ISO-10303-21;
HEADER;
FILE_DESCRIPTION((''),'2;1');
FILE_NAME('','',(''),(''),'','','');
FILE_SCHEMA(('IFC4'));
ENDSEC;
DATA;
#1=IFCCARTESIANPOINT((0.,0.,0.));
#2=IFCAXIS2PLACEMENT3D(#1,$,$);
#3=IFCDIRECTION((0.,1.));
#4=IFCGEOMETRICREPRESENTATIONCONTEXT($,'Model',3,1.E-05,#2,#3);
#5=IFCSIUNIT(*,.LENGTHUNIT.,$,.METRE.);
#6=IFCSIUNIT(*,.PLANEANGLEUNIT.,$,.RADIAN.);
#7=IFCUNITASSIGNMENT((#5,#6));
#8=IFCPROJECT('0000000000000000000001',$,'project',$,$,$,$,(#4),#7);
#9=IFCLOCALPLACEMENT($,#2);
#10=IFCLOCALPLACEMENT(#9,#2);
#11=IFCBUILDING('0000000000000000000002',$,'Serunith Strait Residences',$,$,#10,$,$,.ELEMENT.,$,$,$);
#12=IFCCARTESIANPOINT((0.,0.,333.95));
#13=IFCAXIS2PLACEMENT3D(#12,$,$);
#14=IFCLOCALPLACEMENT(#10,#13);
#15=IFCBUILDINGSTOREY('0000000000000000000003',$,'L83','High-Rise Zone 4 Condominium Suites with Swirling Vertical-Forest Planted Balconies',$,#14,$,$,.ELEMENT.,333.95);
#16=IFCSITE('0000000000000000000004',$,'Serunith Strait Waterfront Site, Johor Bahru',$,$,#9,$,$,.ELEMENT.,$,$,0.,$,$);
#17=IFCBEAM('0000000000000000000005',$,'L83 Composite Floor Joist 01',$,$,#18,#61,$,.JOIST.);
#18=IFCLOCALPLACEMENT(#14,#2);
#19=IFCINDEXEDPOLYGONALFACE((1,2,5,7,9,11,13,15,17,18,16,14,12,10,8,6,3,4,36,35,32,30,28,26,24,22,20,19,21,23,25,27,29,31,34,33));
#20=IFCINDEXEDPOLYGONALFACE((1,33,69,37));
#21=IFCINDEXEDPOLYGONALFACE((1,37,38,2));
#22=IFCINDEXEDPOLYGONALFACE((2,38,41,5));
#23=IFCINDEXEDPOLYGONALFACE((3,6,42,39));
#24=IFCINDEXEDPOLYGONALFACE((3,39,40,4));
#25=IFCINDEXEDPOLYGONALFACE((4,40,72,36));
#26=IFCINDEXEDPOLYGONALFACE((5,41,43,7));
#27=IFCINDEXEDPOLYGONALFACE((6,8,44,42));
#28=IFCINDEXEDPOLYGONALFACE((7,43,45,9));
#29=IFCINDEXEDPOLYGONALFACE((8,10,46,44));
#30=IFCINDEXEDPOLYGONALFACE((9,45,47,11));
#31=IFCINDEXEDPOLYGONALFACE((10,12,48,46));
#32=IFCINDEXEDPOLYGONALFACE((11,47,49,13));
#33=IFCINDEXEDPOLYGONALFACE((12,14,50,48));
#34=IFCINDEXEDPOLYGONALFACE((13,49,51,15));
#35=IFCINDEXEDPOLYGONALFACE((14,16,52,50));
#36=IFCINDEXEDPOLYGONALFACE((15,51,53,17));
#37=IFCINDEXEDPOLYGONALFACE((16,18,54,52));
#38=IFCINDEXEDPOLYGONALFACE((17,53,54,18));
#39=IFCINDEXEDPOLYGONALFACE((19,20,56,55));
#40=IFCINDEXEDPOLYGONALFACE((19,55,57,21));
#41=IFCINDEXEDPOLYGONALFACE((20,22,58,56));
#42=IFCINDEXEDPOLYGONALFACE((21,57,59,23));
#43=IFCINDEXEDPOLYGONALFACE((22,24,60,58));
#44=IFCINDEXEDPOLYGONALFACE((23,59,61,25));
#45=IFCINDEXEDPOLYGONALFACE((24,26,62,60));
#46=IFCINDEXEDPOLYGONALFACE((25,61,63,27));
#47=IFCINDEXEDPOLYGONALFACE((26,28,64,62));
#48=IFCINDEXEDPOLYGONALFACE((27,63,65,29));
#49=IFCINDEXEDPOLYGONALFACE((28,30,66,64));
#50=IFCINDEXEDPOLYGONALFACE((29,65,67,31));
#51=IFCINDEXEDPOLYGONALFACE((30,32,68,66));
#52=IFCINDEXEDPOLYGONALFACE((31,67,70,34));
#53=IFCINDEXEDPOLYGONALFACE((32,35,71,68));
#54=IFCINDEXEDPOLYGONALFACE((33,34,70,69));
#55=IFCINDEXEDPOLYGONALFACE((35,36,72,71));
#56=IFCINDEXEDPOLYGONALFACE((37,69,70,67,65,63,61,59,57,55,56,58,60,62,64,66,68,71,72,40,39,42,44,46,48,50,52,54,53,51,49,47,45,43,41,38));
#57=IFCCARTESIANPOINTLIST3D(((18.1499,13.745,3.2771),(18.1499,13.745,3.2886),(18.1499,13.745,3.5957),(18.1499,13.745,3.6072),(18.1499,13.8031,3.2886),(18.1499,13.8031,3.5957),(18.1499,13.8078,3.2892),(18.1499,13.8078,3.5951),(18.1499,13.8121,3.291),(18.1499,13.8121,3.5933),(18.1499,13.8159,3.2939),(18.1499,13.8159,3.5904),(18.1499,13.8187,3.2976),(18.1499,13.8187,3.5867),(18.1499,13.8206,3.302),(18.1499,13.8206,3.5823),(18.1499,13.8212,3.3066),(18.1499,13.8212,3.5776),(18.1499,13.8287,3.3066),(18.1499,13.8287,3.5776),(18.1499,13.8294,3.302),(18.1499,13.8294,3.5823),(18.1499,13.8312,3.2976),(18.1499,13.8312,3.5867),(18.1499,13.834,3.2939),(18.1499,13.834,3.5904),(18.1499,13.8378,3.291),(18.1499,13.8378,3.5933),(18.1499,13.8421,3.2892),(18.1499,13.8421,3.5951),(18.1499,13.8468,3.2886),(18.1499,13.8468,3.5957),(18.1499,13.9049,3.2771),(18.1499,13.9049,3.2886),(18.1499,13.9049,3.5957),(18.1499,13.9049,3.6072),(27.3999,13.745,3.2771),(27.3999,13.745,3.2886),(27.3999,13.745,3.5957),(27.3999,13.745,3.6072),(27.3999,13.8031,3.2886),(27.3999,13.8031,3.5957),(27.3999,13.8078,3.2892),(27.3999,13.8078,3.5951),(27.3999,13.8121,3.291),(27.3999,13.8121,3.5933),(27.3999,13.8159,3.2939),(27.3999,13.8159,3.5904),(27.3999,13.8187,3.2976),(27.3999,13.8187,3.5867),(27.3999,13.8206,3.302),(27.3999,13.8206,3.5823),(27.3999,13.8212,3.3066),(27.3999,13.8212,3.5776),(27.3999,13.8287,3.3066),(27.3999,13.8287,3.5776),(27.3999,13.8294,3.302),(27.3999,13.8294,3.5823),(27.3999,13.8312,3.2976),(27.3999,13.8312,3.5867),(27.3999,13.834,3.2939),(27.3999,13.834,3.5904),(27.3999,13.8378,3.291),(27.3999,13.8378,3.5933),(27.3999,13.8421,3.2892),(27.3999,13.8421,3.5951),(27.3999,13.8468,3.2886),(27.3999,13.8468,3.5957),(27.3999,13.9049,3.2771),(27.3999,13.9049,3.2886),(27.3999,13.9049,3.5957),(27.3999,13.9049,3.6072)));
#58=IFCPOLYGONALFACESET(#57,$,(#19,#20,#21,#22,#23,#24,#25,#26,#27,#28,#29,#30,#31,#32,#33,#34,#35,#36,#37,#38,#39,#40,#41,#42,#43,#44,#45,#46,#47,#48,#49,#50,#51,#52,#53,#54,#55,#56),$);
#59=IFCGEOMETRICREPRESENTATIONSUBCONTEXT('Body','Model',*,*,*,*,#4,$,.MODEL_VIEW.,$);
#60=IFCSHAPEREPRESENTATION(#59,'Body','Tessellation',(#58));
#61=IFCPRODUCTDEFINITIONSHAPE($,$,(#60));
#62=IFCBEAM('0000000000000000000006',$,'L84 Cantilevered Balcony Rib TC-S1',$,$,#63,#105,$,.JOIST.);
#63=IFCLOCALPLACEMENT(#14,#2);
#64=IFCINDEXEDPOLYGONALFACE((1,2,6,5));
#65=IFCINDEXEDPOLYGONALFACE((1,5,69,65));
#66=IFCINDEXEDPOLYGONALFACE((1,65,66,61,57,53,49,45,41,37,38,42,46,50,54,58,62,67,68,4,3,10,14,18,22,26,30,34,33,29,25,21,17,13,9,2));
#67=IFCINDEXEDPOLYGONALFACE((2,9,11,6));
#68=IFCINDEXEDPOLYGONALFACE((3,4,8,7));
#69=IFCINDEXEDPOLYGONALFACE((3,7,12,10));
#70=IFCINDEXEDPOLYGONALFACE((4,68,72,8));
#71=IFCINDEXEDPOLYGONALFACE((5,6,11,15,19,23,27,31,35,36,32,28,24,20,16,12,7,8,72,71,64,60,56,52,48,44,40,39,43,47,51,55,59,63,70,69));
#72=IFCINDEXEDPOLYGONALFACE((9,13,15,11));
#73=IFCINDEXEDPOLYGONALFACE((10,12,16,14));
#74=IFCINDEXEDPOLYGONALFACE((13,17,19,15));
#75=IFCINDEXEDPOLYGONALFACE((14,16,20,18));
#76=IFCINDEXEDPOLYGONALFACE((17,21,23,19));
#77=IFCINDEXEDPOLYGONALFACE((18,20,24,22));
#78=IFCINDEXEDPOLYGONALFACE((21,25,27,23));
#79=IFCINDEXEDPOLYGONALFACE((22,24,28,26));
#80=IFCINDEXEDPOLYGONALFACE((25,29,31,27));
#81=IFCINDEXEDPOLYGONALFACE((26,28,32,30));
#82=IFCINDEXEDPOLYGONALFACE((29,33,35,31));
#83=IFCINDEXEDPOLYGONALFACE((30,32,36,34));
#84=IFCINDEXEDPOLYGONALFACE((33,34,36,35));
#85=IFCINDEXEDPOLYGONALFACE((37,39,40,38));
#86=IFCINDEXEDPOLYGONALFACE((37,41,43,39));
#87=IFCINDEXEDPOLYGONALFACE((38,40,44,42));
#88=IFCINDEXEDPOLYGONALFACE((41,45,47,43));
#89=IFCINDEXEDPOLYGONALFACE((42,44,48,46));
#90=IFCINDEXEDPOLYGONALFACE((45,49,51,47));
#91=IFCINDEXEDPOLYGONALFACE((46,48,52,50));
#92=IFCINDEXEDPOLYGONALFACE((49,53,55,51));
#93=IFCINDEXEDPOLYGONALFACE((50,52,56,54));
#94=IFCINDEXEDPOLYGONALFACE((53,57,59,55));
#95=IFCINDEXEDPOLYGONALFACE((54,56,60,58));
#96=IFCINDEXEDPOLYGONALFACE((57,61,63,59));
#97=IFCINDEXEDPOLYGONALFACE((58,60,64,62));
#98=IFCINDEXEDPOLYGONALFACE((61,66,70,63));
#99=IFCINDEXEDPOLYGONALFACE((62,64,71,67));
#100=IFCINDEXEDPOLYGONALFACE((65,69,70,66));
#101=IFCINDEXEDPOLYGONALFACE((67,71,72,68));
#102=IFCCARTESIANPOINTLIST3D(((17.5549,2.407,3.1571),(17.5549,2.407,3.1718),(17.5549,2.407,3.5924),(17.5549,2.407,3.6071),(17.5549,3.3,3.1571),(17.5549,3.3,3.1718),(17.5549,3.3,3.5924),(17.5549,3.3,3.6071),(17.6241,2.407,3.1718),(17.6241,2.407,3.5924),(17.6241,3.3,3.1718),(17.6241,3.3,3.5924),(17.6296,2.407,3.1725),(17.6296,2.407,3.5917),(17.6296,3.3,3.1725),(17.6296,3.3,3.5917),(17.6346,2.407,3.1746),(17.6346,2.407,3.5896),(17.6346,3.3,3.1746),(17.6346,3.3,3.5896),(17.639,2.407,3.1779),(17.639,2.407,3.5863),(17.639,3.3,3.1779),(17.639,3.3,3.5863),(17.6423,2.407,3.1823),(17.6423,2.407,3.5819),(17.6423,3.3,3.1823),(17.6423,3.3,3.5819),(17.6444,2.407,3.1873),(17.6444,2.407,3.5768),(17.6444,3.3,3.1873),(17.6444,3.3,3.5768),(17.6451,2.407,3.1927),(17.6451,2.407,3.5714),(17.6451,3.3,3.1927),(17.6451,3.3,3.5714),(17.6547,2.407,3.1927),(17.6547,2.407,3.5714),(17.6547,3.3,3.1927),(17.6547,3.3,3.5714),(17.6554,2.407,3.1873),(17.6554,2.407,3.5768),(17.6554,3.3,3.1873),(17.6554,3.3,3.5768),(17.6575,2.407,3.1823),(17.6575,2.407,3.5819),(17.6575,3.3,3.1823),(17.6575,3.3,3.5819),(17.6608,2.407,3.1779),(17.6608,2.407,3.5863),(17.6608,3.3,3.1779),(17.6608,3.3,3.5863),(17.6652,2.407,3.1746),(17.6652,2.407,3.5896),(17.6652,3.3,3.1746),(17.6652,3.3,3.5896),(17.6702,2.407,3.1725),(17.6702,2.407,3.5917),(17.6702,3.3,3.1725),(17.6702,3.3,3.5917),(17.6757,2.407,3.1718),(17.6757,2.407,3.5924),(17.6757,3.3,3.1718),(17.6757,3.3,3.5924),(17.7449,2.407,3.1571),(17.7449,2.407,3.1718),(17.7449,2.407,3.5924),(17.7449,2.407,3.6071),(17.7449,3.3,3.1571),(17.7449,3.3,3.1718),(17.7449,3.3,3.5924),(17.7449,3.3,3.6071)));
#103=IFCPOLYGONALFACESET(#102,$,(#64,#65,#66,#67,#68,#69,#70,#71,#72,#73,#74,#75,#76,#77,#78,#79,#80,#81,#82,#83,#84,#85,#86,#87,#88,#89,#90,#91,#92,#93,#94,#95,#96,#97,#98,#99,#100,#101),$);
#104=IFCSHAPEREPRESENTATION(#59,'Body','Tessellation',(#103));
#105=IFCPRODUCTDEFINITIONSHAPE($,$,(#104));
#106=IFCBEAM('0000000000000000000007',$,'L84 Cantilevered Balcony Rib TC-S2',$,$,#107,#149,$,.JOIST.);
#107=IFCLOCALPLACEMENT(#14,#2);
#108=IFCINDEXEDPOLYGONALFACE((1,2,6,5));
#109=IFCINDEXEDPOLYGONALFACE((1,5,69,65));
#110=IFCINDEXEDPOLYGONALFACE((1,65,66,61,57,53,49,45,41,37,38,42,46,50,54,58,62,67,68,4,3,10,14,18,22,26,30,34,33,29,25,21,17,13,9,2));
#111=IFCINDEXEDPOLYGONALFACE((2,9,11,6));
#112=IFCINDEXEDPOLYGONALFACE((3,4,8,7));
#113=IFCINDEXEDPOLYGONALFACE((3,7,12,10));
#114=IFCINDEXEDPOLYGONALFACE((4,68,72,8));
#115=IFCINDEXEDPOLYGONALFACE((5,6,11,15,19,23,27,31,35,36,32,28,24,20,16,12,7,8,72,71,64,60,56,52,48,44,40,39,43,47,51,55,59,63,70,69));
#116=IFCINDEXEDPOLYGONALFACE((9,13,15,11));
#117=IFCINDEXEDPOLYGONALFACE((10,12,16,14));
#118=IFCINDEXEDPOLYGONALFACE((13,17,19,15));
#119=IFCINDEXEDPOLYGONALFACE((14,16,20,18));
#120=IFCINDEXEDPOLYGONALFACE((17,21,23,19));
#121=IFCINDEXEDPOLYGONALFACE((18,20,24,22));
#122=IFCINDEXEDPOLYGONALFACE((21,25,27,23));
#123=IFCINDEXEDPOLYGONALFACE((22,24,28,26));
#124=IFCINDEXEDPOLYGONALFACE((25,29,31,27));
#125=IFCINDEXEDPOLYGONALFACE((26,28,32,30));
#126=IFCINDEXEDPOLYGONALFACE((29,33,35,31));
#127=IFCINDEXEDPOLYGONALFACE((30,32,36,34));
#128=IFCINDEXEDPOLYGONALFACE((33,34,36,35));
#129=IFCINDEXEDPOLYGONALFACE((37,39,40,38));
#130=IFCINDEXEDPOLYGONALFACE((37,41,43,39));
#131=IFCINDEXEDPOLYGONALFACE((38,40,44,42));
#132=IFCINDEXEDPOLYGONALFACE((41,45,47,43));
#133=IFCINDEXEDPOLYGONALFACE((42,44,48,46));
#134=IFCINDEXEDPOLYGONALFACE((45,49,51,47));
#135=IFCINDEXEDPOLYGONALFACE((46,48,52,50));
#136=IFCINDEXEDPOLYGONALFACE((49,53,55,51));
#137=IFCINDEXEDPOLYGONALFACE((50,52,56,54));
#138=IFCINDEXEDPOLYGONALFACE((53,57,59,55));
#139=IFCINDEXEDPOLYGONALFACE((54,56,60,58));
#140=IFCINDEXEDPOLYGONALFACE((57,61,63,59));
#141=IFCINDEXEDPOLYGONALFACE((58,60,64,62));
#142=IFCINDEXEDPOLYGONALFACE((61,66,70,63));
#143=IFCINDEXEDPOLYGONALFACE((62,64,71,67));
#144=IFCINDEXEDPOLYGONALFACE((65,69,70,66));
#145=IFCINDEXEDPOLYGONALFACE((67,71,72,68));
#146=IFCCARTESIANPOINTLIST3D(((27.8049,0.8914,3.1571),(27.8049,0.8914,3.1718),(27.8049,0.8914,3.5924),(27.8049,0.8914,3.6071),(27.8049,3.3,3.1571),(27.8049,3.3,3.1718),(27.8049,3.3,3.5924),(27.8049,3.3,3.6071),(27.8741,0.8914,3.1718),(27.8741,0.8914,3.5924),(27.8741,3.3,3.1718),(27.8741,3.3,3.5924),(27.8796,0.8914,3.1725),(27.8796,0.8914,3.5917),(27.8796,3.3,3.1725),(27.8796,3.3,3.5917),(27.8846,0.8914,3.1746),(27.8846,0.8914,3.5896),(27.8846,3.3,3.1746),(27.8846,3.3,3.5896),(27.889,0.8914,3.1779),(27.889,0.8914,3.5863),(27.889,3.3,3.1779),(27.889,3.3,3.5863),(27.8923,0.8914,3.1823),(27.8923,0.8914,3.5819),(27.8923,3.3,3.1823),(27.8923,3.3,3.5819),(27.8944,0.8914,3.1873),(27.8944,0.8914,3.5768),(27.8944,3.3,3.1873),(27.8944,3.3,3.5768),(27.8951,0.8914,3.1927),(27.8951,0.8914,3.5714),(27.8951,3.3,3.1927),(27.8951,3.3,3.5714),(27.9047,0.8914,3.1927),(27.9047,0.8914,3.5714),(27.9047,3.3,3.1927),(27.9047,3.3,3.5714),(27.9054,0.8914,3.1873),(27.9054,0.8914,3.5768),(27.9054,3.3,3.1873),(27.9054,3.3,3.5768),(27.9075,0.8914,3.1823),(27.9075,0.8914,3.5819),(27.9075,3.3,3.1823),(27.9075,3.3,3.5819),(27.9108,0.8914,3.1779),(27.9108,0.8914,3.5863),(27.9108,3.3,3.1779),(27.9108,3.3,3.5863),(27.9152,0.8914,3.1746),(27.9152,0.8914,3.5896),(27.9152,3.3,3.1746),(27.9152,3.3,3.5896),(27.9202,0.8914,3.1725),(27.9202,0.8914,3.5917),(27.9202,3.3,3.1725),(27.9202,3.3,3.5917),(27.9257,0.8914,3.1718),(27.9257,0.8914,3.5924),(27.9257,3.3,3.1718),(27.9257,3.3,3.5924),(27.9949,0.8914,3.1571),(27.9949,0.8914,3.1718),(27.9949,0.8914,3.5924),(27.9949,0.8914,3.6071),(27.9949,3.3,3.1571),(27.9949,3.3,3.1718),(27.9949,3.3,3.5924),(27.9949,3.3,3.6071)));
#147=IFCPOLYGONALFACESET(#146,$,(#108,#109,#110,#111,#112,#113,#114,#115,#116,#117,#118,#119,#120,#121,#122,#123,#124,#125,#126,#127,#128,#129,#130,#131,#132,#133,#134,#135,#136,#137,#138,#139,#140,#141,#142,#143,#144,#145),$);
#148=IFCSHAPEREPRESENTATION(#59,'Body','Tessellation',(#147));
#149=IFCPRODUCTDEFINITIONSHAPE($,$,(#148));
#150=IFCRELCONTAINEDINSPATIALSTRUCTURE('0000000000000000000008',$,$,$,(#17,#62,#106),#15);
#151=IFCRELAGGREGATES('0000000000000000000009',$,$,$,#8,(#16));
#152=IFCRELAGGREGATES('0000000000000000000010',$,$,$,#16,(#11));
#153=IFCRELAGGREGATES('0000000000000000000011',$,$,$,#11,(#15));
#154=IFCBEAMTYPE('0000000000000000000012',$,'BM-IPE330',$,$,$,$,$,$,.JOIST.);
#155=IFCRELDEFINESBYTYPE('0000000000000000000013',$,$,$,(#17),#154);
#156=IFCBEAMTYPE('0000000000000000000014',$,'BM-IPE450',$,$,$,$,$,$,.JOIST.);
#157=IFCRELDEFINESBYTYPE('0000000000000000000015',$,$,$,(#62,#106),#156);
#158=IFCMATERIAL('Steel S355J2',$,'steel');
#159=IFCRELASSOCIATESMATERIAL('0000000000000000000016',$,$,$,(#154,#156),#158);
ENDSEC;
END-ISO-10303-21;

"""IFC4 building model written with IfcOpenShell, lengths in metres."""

from ifc_helpers import new_model, si_unit, direction, frame, origin, origin_2d, place, context, subcontext, project, spatial, i_section, extrude, source, transform, mapped, material, material_profile, profile_set, type_object, element, save


model = new_model("IFC4")

# Units and contexts
model_context = context("Model", 3, precision=1e-05, world=origin(), true_north=direction((0.0, 1.0)))
body_context = subcontext(model_context, "Body", "Model", "MODEL_VIEW")
ifc_project = project(units=[si_unit("LENGTHUNIT", "METRE"), si_unit("PLANEANGLEUNIT", "RADIAN")], contexts=[model_context])

# Site, building, storey
site_placement = place(None, origin())
site = spatial("IfcSite", under=ifc_project, at=site_placement, Name="Serunith Strait Waterfront Site, Johor Bahru", CompositionType="ELEMENT", RefElevation=0.0)
building_placement = place(site_placement, origin())
building = spatial("IfcBuilding", under=site, at=building_placement, Name="Serunith Strait Residences", CompositionType="ELEMENT")
storey_placement = place(building_placement, frame((0.0, 0.0, 333.95)))
storey = spatial("IfcBuildingStorey", under=building, at=storey_placement, Name="L83", Description="High-Rise Zone 4 Condominium Suites with Swirling Vertical-Forest Planted Balconies", CompositionType="ELEMENT", Elevation=333.95)

# Beams
ifc_material_1 = material(Name="Steel S355J2", Category="steel")
ifc_material_profile_1 = material_profile(ifc_material_1, i_section(OverallWidth=0.1599, OverallDepth=0.3301, WebThickness=0.0076, FlangeThickness=0.0115, FilletRadius=0.0181, at=origin_2d()), Name="IPE 330")
ifc_profile_set_1 = profile_set([ifc_material_profile_1], Name="Steel S355J2")
beam_type_1 = type_object("IfcBeamType", Name="BM-IPE330", PredefinedType="JOIST", material=ifc_profile_set_1)
shared_shape_1 = source(origin(), body_context, "Body", "SweptSolid", [
    extrude(i_section(OverallWidth=0.1599, OverallDepth=0.3301, WebThickness=0.0076, FlangeThickness=0.0115, FilletRadius=0.0181, at=origin_2d()), origin(), (0.0, 0.0, 1.0), 9.25),
])
beam_1_placement = place(storey_placement, frame((18.1499, 13.825, 3.4421), z_axis=(1.0, 0.0, 0.0), x_axis=(0.0, 1.0, 0.0)))
element("IfcBeam", 1, at=beam_1_placement, inside=storey, type_object=beam_type_1, Name="L83 Composite Floor Joist 01", PredefinedType="JOIST", context=body_context, shape_type="MappedRepresentation", body=[
    mapped(shared_shape_1, transform((0.0, 0.0, 0.0), scale=1.0)),
])
ifc_material_profile_2 = material_profile(ifc_material_1, i_section(OverallWidth=0.1899, OverallDepth=0.45, WebThickness=0.0095, FlangeThickness=0.0146, FilletRadius=0.021, at=origin_2d()), Name="IPE 450")
ifc_profile_set_2 = profile_set([ifc_material_profile_2], Name="Steel S355J2")
beam_type_2 = type_object("IfcBeamType", Name="BM-IPE450", PredefinedType="JOIST", material=ifc_profile_set_2)
shared_shape_2 = source(origin(), body_context, "Body", "SweptSolid", [
    extrude(i_section(OverallWidth=0.1899, OverallDepth=0.45, WebThickness=0.0095, FlangeThickness=0.0146, FilletRadius=0.021, at=origin_2d()), origin(), (0.0, 0.0, 1.0), 0.8931),
])
beam_2_placement = place(storey_placement, frame((17.6499, 3.3, 3.3821), z_axis=(0.0, -1.0, 0.0), x_axis=(1.0, 0.0, 0.0)))
element("IfcBeam", 2, at=beam_2_placement, inside=storey, type_object=beam_type_2, Name="L84 Cantilevered Balcony Rib TC-S1", PredefinedType="JOIST", context=body_context, shape_type="MappedRepresentation", body=[
    mapped(shared_shape_2, transform((0.0, 0.0, 0.0), scale=1.0)),
])
shared_shape_3 = source(origin(), body_context, "Body", "SweptSolid", [
    extrude(i_section(OverallWidth=0.1899, OverallDepth=0.45, WebThickness=0.0095, FlangeThickness=0.0146, FilletRadius=0.021, at=origin_2d()), origin(), (0.0, 0.0, 1.0), 2.4087),
])
beam_3_placement = place(storey_placement, frame((27.8999, 3.3, 3.3821), z_axis=(0.0, -1.0, 0.0), x_axis=(1.0, 0.0, 0.0)))
element("IfcBeam", 3, at=beam_3_placement, inside=storey, type_object=beam_type_2, Name="L84 Cantilevered Balcony Rib TC-S2", PredefinedType="JOIST", context=body_context, shape_type="MappedRepresentation", body=[
    mapped(shared_shape_3, transform((0.0, 0.0, 0.0), scale=1.0)),
])

save(model, "model.ifc")
